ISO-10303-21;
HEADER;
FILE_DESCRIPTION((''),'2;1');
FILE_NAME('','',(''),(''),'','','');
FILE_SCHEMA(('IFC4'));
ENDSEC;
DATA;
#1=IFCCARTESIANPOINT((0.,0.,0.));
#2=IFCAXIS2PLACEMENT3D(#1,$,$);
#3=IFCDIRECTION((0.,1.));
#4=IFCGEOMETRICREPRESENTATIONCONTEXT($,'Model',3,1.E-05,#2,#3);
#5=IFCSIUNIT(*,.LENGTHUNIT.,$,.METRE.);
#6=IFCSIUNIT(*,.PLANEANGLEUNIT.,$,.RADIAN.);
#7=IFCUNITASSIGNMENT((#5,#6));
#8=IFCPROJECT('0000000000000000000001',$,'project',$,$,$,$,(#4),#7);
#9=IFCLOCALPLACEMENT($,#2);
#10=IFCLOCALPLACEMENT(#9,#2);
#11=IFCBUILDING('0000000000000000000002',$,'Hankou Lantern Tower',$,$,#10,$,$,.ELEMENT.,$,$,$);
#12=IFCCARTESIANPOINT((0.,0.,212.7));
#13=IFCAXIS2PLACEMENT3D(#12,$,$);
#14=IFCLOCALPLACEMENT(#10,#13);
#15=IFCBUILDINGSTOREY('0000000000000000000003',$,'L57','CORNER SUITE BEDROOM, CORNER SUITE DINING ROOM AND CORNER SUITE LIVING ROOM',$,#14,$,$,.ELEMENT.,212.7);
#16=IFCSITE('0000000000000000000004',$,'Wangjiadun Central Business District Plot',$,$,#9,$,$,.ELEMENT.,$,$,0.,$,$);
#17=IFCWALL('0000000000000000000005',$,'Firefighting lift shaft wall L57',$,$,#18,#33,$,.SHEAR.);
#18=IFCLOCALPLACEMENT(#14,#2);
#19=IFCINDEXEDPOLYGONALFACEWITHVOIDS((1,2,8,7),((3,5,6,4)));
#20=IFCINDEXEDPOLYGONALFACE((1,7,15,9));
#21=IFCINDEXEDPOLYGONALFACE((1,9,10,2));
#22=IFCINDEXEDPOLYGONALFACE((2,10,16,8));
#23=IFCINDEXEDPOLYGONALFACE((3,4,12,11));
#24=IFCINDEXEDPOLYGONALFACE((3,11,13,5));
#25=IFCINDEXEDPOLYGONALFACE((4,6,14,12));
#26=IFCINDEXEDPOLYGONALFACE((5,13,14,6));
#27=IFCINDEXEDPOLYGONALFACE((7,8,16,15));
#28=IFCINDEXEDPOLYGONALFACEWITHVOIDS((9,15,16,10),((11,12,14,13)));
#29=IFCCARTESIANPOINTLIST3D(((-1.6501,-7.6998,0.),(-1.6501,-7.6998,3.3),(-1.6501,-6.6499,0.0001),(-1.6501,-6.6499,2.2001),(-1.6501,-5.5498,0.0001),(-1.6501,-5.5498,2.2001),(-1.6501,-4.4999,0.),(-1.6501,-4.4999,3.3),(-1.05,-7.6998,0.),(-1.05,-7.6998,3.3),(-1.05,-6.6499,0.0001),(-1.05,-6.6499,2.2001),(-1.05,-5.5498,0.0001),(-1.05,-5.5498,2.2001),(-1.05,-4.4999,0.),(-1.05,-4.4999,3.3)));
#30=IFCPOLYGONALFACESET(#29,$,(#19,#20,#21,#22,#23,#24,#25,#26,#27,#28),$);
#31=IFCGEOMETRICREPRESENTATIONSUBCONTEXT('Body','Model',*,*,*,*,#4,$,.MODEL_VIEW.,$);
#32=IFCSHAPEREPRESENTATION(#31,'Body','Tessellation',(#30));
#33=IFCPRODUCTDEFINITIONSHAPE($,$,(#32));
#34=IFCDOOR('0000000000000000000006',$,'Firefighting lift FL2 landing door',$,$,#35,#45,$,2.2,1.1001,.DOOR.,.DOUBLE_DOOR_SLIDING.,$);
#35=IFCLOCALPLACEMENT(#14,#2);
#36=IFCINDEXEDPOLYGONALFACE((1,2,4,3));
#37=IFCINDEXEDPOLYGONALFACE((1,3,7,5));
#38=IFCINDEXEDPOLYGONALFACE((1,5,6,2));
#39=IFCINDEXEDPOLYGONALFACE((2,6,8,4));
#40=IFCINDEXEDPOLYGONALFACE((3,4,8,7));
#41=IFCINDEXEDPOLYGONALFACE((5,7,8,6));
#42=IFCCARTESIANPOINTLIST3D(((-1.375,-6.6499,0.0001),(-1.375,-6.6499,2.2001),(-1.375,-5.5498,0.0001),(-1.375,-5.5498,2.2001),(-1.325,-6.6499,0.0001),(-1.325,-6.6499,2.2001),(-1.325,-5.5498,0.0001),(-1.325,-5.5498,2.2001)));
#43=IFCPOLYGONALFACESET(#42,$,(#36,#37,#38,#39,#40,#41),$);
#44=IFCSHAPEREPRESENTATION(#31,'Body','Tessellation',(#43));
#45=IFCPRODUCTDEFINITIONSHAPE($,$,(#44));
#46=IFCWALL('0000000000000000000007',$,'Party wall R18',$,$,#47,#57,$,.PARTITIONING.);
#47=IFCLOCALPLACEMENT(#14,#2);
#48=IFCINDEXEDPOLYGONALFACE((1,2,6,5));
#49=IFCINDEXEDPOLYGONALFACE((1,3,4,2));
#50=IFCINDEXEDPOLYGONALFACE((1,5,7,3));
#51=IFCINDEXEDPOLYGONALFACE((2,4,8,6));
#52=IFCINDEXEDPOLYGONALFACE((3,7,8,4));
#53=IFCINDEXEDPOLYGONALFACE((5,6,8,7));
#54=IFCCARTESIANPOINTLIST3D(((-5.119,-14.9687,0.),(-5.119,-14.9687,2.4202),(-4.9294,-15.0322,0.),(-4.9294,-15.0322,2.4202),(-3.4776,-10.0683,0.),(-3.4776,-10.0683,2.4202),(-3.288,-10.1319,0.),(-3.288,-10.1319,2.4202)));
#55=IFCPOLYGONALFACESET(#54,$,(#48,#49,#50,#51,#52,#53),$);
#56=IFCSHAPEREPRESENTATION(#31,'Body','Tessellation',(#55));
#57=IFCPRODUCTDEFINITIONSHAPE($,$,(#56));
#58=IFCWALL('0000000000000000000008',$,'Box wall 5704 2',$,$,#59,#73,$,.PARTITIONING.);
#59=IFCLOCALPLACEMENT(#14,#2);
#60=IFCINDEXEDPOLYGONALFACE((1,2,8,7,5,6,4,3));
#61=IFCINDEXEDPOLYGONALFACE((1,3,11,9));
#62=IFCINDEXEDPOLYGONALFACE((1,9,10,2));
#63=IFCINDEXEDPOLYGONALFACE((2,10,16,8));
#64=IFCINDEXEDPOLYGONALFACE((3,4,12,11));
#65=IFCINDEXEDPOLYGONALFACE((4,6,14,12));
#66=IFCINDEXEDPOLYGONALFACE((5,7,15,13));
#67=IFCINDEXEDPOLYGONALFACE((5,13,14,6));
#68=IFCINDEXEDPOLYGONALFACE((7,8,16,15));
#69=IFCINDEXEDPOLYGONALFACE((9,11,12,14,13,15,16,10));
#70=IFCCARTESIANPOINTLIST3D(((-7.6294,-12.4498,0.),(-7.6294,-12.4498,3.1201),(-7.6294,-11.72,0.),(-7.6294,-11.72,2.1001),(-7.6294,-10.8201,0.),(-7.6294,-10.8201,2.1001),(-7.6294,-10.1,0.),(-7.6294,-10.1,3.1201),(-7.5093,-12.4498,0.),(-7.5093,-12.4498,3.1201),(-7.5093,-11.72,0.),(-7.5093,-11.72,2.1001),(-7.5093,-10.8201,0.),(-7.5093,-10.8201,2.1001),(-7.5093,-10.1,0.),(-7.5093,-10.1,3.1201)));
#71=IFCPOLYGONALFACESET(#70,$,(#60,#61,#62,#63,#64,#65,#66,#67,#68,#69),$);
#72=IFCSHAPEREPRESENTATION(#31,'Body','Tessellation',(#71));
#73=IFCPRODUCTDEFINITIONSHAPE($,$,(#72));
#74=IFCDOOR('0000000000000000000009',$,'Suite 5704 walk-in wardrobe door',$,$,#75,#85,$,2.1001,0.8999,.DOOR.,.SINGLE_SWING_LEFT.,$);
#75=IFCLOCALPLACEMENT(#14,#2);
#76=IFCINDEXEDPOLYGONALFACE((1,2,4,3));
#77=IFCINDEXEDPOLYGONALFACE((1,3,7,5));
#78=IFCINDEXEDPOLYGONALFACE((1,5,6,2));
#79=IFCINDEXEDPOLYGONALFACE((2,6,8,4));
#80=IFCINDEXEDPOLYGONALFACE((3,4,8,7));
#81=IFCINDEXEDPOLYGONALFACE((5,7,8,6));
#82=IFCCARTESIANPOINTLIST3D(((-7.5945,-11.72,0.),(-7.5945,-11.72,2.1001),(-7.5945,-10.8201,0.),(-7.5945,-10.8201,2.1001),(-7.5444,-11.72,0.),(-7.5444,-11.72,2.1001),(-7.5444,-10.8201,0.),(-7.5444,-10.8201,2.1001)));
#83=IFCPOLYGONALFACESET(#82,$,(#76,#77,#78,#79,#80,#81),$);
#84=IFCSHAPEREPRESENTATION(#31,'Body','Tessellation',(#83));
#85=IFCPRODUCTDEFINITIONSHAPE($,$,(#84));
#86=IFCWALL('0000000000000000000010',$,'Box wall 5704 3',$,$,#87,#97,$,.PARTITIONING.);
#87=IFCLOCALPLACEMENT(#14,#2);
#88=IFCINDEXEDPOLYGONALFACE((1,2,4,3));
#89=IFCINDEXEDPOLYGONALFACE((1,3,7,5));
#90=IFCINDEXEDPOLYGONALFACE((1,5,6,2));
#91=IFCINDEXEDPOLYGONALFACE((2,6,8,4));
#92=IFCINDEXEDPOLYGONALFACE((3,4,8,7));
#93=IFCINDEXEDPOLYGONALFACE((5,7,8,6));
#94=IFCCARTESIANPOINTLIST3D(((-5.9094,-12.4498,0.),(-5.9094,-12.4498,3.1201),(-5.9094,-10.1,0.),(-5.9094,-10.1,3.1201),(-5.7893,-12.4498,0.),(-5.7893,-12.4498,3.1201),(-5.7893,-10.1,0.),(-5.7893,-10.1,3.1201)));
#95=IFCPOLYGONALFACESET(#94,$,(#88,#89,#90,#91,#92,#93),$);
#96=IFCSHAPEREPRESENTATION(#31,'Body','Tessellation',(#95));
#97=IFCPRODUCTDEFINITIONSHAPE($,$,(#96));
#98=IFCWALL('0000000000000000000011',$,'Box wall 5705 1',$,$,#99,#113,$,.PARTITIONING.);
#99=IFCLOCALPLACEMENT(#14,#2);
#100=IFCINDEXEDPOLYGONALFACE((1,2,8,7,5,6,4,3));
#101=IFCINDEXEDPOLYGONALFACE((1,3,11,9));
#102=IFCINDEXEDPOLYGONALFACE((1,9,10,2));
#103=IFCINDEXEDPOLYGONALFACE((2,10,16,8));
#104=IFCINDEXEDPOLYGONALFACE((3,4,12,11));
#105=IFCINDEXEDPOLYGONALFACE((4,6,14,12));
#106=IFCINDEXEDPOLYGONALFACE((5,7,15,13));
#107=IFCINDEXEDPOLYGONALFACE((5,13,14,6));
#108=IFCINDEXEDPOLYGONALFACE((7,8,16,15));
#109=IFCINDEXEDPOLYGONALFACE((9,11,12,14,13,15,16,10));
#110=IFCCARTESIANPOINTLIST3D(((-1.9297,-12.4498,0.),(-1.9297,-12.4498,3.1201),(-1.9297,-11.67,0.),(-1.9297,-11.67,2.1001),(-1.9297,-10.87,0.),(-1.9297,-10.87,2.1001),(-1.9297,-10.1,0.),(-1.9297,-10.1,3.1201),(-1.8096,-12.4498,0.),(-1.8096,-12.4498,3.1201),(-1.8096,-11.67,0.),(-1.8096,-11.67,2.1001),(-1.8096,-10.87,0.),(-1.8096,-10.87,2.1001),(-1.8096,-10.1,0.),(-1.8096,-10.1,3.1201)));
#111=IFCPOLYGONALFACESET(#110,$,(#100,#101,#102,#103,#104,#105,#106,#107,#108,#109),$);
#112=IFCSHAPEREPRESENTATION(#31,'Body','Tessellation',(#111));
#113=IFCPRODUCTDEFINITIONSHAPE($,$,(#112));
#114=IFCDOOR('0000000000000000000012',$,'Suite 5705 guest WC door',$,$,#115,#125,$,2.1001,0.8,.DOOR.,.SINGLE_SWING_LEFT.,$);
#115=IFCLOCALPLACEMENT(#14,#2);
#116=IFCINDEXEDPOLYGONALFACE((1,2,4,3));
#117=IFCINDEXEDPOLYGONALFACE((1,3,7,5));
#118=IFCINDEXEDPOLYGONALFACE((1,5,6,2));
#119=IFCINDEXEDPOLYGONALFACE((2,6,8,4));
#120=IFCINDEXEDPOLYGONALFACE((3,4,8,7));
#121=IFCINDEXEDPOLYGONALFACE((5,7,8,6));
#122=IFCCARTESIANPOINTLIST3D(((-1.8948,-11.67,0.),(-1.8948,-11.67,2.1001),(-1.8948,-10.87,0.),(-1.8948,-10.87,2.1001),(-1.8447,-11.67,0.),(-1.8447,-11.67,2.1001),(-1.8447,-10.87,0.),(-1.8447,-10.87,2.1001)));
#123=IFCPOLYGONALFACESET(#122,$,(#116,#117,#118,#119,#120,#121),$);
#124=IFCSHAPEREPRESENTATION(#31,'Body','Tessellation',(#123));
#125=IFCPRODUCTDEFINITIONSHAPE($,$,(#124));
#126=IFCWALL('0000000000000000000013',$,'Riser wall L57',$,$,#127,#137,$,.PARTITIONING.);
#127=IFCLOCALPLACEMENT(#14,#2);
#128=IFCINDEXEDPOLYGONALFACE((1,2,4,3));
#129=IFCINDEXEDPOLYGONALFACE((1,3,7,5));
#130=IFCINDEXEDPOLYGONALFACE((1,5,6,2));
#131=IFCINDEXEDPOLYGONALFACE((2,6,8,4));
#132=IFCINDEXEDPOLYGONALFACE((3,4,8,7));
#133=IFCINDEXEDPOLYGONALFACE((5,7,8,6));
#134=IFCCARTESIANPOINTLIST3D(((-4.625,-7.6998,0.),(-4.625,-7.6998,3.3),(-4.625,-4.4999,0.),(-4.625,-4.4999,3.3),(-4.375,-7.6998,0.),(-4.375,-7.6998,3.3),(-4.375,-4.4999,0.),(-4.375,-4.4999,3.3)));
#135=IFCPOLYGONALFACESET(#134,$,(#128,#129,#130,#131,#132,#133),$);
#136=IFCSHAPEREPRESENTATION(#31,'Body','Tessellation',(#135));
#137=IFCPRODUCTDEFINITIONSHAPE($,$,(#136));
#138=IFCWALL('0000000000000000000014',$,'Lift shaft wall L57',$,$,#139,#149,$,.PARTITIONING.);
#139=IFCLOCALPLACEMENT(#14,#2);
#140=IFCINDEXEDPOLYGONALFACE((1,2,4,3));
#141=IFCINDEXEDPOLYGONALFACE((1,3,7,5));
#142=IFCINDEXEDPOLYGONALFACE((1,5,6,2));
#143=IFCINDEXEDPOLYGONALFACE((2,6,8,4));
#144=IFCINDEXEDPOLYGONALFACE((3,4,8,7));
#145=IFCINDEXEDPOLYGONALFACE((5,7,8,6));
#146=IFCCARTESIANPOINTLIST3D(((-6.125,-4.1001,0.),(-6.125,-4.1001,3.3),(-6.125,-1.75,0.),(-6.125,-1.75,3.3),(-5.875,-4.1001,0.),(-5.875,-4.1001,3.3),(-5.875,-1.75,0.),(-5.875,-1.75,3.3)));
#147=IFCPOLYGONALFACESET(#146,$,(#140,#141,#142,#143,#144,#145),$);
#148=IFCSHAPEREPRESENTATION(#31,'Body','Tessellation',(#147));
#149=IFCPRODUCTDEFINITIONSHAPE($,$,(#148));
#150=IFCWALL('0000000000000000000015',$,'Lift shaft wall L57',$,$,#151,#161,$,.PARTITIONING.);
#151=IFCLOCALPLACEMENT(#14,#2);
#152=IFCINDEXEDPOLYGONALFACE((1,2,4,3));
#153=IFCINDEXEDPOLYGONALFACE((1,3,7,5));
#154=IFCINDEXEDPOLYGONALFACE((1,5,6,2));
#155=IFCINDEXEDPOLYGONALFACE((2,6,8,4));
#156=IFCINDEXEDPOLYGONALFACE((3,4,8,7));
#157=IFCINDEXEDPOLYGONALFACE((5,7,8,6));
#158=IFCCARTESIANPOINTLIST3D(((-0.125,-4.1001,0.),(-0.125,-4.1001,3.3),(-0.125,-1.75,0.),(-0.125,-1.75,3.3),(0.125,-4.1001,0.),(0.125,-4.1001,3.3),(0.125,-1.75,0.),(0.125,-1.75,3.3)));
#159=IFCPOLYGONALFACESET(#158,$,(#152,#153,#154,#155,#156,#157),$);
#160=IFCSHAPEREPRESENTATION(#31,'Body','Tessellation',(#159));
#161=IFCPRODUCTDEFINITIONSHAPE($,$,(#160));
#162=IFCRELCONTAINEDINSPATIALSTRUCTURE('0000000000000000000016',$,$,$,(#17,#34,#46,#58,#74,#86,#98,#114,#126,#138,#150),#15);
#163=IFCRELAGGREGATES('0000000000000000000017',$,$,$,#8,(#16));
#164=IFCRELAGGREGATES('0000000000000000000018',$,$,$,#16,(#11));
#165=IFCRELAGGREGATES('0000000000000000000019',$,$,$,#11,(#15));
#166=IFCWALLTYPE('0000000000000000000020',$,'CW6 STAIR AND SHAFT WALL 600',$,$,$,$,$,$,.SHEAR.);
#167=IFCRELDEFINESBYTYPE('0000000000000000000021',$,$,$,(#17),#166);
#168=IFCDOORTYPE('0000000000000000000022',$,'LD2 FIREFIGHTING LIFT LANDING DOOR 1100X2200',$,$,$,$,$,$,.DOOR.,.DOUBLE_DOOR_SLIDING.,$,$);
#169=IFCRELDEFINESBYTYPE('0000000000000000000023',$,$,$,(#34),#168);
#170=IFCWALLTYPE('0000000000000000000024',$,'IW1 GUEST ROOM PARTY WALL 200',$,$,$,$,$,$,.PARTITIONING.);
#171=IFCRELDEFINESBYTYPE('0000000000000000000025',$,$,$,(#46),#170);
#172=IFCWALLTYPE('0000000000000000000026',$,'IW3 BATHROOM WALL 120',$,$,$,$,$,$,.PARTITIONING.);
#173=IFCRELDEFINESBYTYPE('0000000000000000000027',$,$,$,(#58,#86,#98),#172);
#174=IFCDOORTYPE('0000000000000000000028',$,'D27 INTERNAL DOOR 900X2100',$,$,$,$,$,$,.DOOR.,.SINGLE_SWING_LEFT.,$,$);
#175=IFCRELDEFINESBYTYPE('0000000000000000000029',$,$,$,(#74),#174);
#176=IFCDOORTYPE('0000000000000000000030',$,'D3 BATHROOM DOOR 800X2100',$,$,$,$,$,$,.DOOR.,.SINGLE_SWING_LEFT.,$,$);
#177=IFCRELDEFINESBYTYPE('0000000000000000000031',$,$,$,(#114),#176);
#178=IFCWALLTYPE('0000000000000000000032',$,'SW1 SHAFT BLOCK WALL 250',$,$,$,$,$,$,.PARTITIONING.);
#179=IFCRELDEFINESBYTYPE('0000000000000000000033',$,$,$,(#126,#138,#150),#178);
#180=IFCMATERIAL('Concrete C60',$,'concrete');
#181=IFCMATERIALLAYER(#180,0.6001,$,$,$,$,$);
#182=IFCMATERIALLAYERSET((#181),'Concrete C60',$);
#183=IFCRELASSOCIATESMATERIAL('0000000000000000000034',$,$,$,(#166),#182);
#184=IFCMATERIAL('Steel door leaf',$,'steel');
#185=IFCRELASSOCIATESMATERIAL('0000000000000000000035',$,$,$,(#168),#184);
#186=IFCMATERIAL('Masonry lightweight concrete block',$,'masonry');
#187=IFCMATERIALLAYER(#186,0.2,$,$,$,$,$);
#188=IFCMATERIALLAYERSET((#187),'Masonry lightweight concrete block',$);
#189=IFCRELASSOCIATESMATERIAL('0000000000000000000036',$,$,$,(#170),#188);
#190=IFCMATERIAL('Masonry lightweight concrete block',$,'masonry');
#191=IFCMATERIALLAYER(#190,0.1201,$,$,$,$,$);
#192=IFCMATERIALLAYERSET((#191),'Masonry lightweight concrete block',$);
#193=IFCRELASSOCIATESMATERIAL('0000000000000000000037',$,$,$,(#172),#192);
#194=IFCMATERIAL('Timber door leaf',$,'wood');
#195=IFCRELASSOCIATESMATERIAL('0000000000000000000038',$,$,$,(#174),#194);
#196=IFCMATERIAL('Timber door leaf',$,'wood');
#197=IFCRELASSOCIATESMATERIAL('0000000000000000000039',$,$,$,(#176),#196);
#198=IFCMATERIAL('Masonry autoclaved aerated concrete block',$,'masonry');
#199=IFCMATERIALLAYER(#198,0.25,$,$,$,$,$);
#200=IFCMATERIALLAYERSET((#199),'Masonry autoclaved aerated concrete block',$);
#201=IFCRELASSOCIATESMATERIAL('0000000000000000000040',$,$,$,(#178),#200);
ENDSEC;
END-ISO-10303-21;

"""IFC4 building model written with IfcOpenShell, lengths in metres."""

from ifc_helpers import new_model, si_unit, direction, frame, frame_2d, origin, place, context, subcontext, project, spatial, rectangle, extrude, material, layer, layer_set, type_object, element, fill, save


model = new_model("IFC4")

# Units and contexts
model_context = context("Model", 3, precision=1e-05, world=origin(), true_north=direction((0.0, 1.0)))
body_context = subcontext(model_context, "Body", "Model", "MODEL_VIEW")
ifc_project = project(units=[si_unit("LENGTHUNIT", "METRE"), si_unit("PLANEANGLEUNIT", "RADIAN")], contexts=[model_context])

# Site, building, storey
site_placement = place(None, origin())
site = spatial("IfcSite", under=ifc_project, at=site_placement, Name="Wangjiadun Central Business District Plot", CompositionType="ELEMENT", RefElevation=0.0)
building_placement = place(site_placement, origin())
building = spatial("IfcBuilding", under=site, at=building_placement, Name="Hankou Lantern Tower", CompositionType="ELEMENT")
storey_placement = place(building_placement, frame((0.0, 0.0, 212.7)))
storey = spatial("IfcBuildingStorey", under=building, at=storey_placement, Name="L57", Description="CORNER SUITE BEDROOM, CORNER SUITE DINING ROOM AND CORNER SUITE LIVING ROOM", CompositionType="ELEMENT", Elevation=212.7)

# Wall, opening, door
ifc_material_1 = material(Name="Concrete C60", Category="concrete")
ifc_layer_1 = layer(ifc_material_1, 0.6001)
ifc_layer_set_1 = layer_set([ifc_layer_1], Name="Concrete C60")
wall_type_1 = type_object("IfcWallType", Name="CW6 STAIR AND SHAFT WALL 600", PredefinedType="SHEAR", material=ifc_layer_set_1)
wall_1_placement = place(storey_placement, frame((-1.3501, -7.7, 0.0), z_axis=(0.0, 0.0, 1.0), x_axis=(0.0, 1.0, 0.0)))
wall_1 = element("IfcWall", 1, at=wall_1_placement, inside=storey, type_object=wall_type_1, Name="Firefighting lift shaft wall L57", PredefinedType="SHEAR", context=body_context, shape_type="SweptSolid", body=[
    extrude(rectangle(XDim=3.2, YDim=0.6001, at=frame_2d((1.6001, 0.0))), origin(), (0.0, 0.0, 1.0), 3.3),
])
opening_1_placement = place(wall_1_placement, frame((1.05, 0.0, 0.0)))
opening_1 = element("IfcOpeningElement", 2, at=opening_1_placement, cuts=wall_1, PredefinedType="OPENING", context=body_context, shape_type="SweptSolid", body=[
    extrude(rectangle(XDim=1.1001, YDim=2.2, at=frame_2d((0.55, 1.1001))), frame((0.0, 0.3101, 0.0), z_axis=(0.0, -1.0, 0.0), x_axis=(1.0, 0.0, 0.0)), (0.0, 0.0, 1.0), 0.6201),
])
ifc_material_2 = material(Name="Steel door leaf", Category="steel")
door_type_1 = type_object("IfcDoorType", Name="LD2 FIREFIGHTING LIFT LANDING DOOR 1100X2200", OperationType="DOUBLE_DOOR_SLIDING", PredefinedType="DOOR", material=ifc_material_2)
door_1_placement = place(opening_1_placement, origin())
door_1 = element("IfcDoor", 3, at=door_1_placement, inside=storey, type_object=door_type_1, Name="Firefighting lift FL2 landing door", OperationType="DOUBLE_DOOR_SLIDING", OverallHeight=2.2, OverallWidth=1.1001, PredefinedType="DOOR", context=body_context, shape_type="SweptSolid", body=[
    extrude(rectangle(XDim=1.1001, YDim=2.2, at=frame_2d((0.55, 1.1001))), frame((0.0, 0.0249, 0.0), z_axis=(0.0, -1.0, 0.0), x_axis=(1.0, 0.0, 0.0)), (0.0, 0.0, 1.0), 0.05),
])
fill(opening_1, door_1)

# Wall
ifc_material_3 = material(Name="Masonry lightweight concrete block", Category="masonry")
ifc_layer_2 = layer(ifc_material_3, 0.2)
ifc_layer_set_2 = layer_set([ifc_layer_2], Name="Masonry lightweight concrete block")
wall_type_2 = type_object("IfcWallType", Name="IW1 GUEST ROOM PARTY WALL 200", PredefinedType="PARTITIONING", material=ifc_layer_set_2)
wall_2_placement = place(storey_placement, frame((-3.3828, -10.1001, 0.0), z_axis=(0.0, 0.0, 1.0), x_axis=(-0.317602, -0.948224, 0.0)))
element("IfcWall", 4, at=wall_2_placement, inside=storey, type_object=wall_type_2, Name="Party wall R18", PredefinedType="PARTITIONING", context=body_context, shape_type="SweptSolid", body=[
    extrude(rectangle(XDim=5.168, YDim=0.2, at=frame_2d((2.584, 0.0))), origin(), (0.0, 0.0, 1.0), 2.4202),
])

# Wall, opening, door
ifc_material_4 = material(Name="Masonry lightweight concrete block", Category="masonry")
ifc_layer_3 = layer(ifc_material_4, 0.1201)
ifc_layer_set_3 = layer_set([ifc_layer_3], Name="Masonry lightweight concrete block")
wall_type_3 = type_object("IfcWallType", Name="IW3 BATHROOM WALL 120", PredefinedType="PARTITIONING", material=ifc_layer_set_3)
wall_3_placement = place(storey_placement, frame((-7.5693, -10.1001, 0.0), z_axis=(0.0, 0.0, 1.0), x_axis=(0.0, -1.0, 0.0)))
wall_3 = element("IfcWall", 5, at=wall_3_placement, inside=storey, type_object=wall_type_3, Name="Box wall 5704 2", PredefinedType="PARTITIONING", context=body_context, shape_type="SweptSolid", body=[
    extrude(rectangle(XDim=2.3499, YDim=0.1201, at=frame_2d((1.1748, 0.0))), origin(), (0.0, 0.0, 1.0), 3.1201),
])
opening_2_placement = place(wall_3_placement, frame((0.72, 0.0, 0.0)))
opening_2 = element("IfcOpeningElement", 6, at=opening_2_placement, cuts=wall_3, PredefinedType="OPENING", context=body_context, shape_type="SweptSolid", body=[
    extrude(rectangle(XDim=0.8999, YDim=2.1001, at=frame_2d((0.45, 1.05))), frame((0.0, 0.0701, 0.0), z_axis=(0.0, -1.0, 0.0), x_axis=(1.0, 0.0, 0.0)), (0.0, 0.0, 1.0), 0.1401),
])
ifc_material_5 = material(Name="Timber door leaf", Category="wood")
door_type_2 = type_object("IfcDoorType", Name="D27 INTERNAL DOOR 900X2100", OperationType="SINGLE_SWING_LEFT", PredefinedType="DOOR", material=ifc_material_5)
door_2_placement = place(opening_2_placement, origin())
door_2 = element("IfcDoor", 7, at=door_2_placement, inside=storey, type_object=door_type_2, Name="Suite 5704 walk-in wardrobe door", OperationType="SINGLE_SWING_LEFT", OverallHeight=2.1001, OverallWidth=0.8999, PredefinedType="DOOR", context=body_context, shape_type="SweptSolid", body=[
    extrude(rectangle(XDim=0.8999, YDim=2.1001, at=frame_2d((0.45, 1.05))), frame((0.0, 0.0249, 0.0), z_axis=(0.0, -1.0, 0.0), x_axis=(1.0, 0.0, 0.0)), (0.0, 0.0, 1.0), 0.05),
])
fill(opening_2, door_2)

# Wall
wall_4_placement = place(storey_placement, frame((-5.8494, -10.1001, 0.0), z_axis=(0.0, 0.0, 1.0), x_axis=(0.0, -1.0, 0.0)))
element("IfcWall", 8, at=wall_4_placement, inside=storey, type_object=wall_type_3, Name="Box wall 5704 3", PredefinedType="PARTITIONING", context=body_context, shape_type="SweptSolid", body=[
    extrude(rectangle(XDim=2.3499, YDim=0.1201, at=frame_2d((1.1748, 0.0))), origin(), (0.0, 0.0, 1.0), 3.1201),
])

# Wall, opening, door
wall_5_placement = place(storey_placement, frame((-1.8696, -10.1001, 0.0), z_axis=(0.0, 0.0, 1.0), x_axis=(0.0, -1.0, 0.0)))
wall_5 = element("IfcWall", 9, at=wall_5_placement, inside=storey, type_object=wall_type_3, Name="Box wall 5705 1", PredefinedType="PARTITIONING", context=body_context, shape_type="SweptSolid", body=[
    extrude(rectangle(XDim=2.3499, YDim=0.1201, at=frame_2d((1.1748, 0.0))), origin(), (0.0, 0.0, 1.0), 3.1201),
])
opening_3_placement = place(wall_5_placement, frame((0.77, 0.0, 0.0)))
opening_3 = element("IfcOpeningElement", 10, at=opening_3_placement, cuts=wall_5, PredefinedType="OPENING", context=body_context, shape_type="SweptSolid", body=[
    extrude(rectangle(XDim=0.8, YDim=2.1001, at=frame_2d((0.3999, 1.05))), frame((0.0, 0.0701, 0.0), z_axis=(0.0, -1.0, 0.0), x_axis=(1.0, 0.0, 0.0)), (0.0, 0.0, 1.0), 0.1401),
])
ifc_material_6 = material(Name="Timber door leaf", Category="wood")
door_type_3 = type_object("IfcDoorType", Name="D3 BATHROOM DOOR 800X2100", OperationType="SINGLE_SWING_LEFT", PredefinedType="DOOR", material=ifc_material_6)
door_3_placement = place(opening_3_placement, origin())
door_3 = element("IfcDoor", 11, at=door_3_placement, inside=storey, type_object=door_type_3, Name="Suite 5705 guest WC door", OperationType="SINGLE_SWING_LEFT", OverallHeight=2.1001, OverallWidth=0.8, PredefinedType="DOOR", context=body_context, shape_type="SweptSolid", body=[
    extrude(rectangle(XDim=0.8, YDim=2.1001, at=frame_2d((0.3999, 1.05))), frame((0.0, 0.0249, 0.0), z_axis=(0.0, -1.0, 0.0), x_axis=(1.0, 0.0, 0.0)), (0.0, 0.0, 1.0), 0.05),
])
fill(opening_3, door_3)

# Walls
ifc_material_7 = material(Name="Masonry autoclaved aerated concrete block", Category="masonry")
ifc_layer_4 = layer(ifc_material_7, 0.25)
ifc_layer_set_4 = layer_set([ifc_layer_4], Name="Masonry autoclaved aerated concrete block")
wall_type_4 = type_object("IfcWallType", Name="SW1 SHAFT BLOCK WALL 250", PredefinedType="PARTITIONING", material=ifc_layer_set_4)
wall_6_placement = place(storey_placement, frame((-4.5, -7.7, 0.0), z_axis=(0.0, 0.0, 1.0), x_axis=(0.0, 1.0, 0.0)))
element("IfcWall", 12, at=wall_6_placement, inside=storey, type_object=wall_type_4, Name="Riser wall L57", PredefinedType="PARTITIONING", context=body_context, shape_type="SweptSolid", body=[
    extrude(rectangle(XDim=3.2, YDim=0.25, at=frame_2d((1.6001, 0.0))), origin(), (0.0, 0.0, 1.0), 3.3),
])
for number, where, z_axis, x_axis, name in (
    (13, (-6.0, -4.1001, 0.0), (0.0, 0.0, 1.0), (0.0, 1.0, 0.0), "Lift shaft wall L57"),
    (14, (0.0, -4.1001, 0.0), (0.0, 0.0, 1.0), (0.0, 1.0, 0.0), "Lift shaft wall L57"),
):
    element("IfcWall", number, at=place(storey_placement, frame(where, z_axis=z_axis, x_axis=x_axis)), inside=storey, type_object=wall_type_4, Name=name, PredefinedType="PARTITIONING", context=body_context, shape_type="SweptSolid", body=[
        extrude(rectangle(XDim=2.3501, YDim=0.25, at=frame_2d((1.175, 0.0))), origin(), (0.0, 0.0, 1.0), 3.3),
    ])

save(model, "model.ifc")
